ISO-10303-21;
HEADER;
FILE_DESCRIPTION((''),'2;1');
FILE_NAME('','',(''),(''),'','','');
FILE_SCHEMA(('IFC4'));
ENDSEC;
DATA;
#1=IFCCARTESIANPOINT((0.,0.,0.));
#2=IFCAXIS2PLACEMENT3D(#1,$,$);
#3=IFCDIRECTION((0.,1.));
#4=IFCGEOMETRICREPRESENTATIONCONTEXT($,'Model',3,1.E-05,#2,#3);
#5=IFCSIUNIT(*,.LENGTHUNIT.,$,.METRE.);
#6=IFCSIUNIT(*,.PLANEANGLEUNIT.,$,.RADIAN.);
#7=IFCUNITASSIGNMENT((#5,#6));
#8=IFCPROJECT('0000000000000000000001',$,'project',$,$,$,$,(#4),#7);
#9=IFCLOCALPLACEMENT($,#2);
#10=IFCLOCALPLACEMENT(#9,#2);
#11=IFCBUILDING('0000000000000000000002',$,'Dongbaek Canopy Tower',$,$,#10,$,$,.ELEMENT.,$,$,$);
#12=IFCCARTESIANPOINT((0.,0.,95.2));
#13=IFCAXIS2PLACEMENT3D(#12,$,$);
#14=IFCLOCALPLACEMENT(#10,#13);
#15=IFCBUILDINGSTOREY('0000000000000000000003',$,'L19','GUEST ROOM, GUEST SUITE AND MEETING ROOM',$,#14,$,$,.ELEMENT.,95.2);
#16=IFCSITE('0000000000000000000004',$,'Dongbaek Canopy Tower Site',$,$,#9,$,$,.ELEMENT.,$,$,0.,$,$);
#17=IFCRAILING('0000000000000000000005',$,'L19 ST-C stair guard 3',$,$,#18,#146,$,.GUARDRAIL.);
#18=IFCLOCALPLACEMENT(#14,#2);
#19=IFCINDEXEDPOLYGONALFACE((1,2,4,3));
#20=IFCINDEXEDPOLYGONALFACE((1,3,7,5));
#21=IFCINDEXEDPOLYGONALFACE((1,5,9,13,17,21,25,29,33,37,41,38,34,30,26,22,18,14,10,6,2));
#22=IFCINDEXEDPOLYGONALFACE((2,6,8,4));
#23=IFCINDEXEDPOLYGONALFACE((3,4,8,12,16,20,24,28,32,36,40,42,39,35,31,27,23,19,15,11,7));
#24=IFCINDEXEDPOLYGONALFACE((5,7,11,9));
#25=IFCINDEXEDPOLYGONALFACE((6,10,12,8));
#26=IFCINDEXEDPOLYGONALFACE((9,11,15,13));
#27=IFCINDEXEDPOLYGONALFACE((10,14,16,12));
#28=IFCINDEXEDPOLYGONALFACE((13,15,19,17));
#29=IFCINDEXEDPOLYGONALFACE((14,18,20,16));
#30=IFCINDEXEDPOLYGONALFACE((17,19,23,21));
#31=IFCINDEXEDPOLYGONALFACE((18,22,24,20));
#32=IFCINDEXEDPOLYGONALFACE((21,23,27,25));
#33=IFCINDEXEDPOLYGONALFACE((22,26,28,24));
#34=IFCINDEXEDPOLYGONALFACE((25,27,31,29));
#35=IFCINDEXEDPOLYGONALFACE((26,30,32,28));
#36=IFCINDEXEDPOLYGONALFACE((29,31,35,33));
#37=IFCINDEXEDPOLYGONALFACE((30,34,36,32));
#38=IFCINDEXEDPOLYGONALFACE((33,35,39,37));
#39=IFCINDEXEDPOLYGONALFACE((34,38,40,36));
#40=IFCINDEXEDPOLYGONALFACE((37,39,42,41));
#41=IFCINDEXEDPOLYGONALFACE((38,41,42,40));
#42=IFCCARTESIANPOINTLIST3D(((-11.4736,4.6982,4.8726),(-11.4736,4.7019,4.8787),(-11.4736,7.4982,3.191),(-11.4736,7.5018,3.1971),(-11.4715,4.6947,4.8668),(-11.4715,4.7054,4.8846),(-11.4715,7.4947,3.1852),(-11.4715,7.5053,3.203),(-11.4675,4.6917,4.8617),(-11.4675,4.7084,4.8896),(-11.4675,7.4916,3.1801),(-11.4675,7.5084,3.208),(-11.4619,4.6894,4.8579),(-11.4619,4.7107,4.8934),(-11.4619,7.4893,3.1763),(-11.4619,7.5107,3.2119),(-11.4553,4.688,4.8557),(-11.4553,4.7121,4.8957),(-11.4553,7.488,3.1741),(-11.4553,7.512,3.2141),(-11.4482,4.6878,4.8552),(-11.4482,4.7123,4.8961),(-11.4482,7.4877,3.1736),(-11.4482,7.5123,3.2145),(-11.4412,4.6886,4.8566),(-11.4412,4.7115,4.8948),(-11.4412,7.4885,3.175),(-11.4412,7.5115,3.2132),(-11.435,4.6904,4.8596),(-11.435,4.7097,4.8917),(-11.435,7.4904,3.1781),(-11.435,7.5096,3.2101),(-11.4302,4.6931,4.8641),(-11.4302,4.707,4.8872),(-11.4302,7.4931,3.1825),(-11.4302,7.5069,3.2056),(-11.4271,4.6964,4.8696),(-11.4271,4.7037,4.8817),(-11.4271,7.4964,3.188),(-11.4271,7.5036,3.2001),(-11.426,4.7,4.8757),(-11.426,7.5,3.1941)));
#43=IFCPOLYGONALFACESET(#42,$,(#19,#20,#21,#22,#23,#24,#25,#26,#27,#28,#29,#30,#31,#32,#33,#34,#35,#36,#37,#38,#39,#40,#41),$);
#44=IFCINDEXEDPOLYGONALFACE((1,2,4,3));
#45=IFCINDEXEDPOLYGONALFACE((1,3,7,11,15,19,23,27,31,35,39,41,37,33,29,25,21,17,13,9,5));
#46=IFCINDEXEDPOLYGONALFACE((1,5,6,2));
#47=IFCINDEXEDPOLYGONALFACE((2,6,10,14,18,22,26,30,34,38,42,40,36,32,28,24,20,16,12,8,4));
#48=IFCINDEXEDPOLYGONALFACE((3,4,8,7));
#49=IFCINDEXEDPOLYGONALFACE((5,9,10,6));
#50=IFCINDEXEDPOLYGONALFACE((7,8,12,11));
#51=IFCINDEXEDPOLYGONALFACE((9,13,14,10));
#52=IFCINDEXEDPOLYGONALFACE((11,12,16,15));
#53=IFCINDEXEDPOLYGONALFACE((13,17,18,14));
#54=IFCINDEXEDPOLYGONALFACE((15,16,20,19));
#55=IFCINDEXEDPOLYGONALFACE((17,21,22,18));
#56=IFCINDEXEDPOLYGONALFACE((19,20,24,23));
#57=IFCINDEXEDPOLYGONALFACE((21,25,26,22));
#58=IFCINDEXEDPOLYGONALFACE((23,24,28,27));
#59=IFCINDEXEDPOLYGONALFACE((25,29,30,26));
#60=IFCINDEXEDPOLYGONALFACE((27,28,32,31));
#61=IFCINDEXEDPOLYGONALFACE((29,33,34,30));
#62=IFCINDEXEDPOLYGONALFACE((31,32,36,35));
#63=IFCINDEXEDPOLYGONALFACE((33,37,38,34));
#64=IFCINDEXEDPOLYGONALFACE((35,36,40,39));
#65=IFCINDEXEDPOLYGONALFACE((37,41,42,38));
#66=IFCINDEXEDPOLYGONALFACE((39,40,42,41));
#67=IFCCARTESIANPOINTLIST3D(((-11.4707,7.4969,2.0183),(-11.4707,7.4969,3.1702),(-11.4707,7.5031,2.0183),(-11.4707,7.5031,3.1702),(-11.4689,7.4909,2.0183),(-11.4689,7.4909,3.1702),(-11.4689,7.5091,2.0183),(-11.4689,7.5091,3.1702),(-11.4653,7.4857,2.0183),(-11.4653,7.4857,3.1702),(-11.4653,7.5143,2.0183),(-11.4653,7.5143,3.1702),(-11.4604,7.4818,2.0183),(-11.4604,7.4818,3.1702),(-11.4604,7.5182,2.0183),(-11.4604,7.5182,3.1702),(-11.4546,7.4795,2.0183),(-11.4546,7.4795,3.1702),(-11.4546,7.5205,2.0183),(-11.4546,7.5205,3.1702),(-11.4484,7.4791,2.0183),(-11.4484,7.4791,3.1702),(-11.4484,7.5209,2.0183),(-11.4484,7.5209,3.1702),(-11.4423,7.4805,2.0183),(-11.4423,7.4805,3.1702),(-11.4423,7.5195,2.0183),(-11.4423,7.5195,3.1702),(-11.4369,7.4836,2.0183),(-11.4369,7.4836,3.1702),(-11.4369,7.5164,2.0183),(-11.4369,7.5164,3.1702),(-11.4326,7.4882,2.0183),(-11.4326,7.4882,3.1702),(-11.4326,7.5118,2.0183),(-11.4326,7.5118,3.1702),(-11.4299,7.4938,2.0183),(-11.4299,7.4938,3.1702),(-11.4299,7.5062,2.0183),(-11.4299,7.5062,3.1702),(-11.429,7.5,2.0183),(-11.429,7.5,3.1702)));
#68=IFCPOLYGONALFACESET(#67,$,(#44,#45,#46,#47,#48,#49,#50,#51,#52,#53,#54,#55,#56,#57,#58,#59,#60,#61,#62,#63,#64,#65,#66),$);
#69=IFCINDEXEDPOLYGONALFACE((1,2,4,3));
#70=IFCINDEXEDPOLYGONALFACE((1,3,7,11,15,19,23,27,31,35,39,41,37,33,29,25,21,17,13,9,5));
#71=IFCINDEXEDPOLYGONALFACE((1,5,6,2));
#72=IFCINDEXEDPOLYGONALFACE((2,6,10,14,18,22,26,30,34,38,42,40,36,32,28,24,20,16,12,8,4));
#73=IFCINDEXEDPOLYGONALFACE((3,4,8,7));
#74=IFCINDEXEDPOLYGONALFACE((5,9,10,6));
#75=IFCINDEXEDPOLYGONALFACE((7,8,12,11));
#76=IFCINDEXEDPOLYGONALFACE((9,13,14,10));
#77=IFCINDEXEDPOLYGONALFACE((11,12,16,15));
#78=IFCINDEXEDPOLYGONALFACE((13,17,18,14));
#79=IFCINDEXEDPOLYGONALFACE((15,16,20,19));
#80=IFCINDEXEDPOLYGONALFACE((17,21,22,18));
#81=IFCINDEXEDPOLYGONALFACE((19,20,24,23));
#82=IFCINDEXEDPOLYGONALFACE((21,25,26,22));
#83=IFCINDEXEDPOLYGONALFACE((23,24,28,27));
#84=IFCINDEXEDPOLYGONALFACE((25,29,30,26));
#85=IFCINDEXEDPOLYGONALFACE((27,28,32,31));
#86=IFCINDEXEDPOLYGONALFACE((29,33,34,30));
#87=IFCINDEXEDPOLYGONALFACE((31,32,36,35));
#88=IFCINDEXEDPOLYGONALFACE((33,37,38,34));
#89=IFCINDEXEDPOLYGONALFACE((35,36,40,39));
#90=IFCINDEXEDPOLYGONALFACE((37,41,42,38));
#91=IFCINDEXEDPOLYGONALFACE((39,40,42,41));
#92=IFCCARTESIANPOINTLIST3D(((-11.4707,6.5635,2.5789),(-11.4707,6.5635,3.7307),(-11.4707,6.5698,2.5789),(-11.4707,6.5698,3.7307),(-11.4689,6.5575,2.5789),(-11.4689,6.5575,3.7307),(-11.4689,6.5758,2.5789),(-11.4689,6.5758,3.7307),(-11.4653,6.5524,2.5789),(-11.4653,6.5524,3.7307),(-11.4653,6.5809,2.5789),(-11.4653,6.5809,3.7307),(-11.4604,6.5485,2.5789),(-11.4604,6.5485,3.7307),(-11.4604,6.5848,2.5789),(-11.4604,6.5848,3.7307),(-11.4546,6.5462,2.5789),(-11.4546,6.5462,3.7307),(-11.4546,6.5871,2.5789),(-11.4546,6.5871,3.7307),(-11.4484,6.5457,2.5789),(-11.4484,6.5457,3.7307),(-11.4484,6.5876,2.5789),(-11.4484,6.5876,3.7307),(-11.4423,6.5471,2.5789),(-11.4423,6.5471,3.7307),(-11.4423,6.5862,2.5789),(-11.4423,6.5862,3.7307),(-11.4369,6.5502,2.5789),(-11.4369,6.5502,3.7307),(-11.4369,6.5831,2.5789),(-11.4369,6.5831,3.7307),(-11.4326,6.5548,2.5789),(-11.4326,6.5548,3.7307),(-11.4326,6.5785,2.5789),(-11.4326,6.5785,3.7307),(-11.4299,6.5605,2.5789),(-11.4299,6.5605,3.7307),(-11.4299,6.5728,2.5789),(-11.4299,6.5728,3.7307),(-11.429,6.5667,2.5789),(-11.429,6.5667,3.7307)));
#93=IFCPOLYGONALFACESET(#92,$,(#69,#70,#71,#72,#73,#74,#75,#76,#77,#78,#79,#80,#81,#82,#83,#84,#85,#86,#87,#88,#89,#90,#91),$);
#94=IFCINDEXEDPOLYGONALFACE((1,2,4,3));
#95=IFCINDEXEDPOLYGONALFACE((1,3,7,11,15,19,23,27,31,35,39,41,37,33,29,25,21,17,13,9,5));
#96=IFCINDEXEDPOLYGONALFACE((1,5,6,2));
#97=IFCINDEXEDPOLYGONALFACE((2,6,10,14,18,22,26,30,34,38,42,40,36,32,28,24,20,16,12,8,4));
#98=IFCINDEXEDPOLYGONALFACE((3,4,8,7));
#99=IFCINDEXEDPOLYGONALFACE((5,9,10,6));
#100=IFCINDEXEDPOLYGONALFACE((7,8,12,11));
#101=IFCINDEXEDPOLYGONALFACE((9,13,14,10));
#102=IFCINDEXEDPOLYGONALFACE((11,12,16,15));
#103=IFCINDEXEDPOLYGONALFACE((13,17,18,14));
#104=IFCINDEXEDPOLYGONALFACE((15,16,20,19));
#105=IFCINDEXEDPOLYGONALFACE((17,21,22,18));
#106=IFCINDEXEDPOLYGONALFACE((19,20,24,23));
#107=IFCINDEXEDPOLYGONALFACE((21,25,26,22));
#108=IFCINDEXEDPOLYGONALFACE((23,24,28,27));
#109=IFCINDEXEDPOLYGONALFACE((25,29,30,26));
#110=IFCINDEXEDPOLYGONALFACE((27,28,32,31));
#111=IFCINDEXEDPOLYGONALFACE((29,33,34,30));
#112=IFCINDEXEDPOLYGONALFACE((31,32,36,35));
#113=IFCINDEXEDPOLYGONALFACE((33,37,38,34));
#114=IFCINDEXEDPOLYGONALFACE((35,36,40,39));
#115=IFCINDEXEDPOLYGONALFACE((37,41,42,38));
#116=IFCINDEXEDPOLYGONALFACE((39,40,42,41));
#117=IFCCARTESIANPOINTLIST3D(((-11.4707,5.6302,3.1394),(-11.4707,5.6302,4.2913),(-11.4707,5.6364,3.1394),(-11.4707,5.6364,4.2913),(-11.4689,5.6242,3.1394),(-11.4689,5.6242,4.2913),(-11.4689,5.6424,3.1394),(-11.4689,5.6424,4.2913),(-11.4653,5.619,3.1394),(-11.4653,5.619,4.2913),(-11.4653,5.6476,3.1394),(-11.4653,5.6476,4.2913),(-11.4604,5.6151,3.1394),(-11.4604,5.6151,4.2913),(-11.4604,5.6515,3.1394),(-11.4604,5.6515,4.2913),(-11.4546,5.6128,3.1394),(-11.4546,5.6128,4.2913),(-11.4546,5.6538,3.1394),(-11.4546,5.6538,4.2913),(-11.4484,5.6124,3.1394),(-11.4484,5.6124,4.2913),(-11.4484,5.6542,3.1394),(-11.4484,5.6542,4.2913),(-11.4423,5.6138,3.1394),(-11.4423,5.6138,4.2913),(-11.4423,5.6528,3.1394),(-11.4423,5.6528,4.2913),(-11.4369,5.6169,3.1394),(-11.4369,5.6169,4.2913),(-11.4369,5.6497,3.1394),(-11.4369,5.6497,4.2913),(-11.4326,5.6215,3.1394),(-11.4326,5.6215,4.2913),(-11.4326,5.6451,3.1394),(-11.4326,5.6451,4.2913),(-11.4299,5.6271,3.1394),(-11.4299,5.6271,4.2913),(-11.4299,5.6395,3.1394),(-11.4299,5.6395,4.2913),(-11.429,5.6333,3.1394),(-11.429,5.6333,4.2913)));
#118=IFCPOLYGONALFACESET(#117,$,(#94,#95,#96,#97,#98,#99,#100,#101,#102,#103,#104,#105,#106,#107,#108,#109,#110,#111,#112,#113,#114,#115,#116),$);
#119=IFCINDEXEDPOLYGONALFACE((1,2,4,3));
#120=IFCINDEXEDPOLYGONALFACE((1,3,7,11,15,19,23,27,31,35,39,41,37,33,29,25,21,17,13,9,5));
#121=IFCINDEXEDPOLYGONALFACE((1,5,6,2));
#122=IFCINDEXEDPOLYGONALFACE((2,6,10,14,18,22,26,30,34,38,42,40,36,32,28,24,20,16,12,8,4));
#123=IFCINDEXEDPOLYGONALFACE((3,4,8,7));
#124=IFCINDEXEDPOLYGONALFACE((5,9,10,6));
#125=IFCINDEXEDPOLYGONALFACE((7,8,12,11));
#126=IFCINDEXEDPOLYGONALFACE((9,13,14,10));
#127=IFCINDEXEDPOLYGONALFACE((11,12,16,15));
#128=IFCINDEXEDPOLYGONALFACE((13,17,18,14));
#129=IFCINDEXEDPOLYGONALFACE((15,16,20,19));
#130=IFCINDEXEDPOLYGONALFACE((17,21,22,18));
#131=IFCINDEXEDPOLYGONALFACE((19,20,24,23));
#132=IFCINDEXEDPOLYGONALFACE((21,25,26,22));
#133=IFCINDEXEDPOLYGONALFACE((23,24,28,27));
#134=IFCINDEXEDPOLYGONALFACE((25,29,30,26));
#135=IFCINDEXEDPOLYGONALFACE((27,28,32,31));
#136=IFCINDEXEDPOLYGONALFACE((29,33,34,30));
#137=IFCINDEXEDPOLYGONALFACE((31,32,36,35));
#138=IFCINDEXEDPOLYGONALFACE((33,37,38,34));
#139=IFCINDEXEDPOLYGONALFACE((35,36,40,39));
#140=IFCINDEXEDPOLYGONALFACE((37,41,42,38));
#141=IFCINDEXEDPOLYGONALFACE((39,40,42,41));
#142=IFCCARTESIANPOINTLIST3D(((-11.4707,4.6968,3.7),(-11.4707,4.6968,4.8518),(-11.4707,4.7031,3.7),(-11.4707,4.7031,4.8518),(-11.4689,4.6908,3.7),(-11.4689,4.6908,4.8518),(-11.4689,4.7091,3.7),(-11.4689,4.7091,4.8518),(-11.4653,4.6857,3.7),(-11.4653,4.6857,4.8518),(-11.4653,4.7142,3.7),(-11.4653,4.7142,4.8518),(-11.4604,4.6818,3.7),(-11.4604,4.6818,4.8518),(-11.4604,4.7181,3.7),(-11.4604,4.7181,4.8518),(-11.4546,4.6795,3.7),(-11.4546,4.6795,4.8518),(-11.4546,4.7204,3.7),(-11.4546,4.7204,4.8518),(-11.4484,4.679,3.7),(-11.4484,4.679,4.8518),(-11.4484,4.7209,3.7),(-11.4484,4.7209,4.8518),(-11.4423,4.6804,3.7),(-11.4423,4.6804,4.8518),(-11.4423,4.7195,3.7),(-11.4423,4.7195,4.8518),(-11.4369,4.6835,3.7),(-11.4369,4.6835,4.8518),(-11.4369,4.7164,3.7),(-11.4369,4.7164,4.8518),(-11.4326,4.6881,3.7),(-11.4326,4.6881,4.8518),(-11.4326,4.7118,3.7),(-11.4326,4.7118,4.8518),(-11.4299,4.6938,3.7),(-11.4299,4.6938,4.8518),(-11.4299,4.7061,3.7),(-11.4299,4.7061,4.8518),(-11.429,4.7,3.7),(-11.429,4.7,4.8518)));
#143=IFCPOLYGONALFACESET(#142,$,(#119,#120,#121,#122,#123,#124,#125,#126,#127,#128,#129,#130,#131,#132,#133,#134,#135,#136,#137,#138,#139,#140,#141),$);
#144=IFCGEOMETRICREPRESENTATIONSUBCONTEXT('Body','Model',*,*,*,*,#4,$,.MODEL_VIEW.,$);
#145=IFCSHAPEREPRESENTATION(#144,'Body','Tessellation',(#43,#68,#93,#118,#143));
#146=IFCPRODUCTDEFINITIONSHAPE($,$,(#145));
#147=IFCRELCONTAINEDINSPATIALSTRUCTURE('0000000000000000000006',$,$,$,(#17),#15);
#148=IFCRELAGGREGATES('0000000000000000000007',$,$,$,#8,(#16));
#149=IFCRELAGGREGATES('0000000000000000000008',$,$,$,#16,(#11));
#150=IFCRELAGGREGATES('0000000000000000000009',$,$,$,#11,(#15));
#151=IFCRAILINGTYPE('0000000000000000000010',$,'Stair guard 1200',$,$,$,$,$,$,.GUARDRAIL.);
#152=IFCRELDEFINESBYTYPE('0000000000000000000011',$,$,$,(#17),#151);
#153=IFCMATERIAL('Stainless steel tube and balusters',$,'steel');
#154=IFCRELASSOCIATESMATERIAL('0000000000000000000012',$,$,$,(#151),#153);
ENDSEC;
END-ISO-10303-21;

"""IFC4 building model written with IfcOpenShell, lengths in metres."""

from ifc_helpers import new_model, si_unit, direction, frame, origin, origin_2d, place, context, subcontext, project, spatial, circle, extrude, material, type_object, element, save


model = new_model("IFC4")

# Units and contexts
model_context = context("Model", 3, precision=1e-05, world=origin(), true_north=direction((0.0, 1.0)))
body_context = subcontext(model_context, "Body", "Model", "MODEL_VIEW")
ifc_project = project(units=[si_unit("LENGTHUNIT", "METRE"), si_unit("PLANEANGLEUNIT", "RADIAN")], contexts=[model_context])

# Site, building, storey
site_placement = place(None, origin())
site = spatial("IfcSite", under=ifc_project, at=site_placement, Name="Dongbaek Canopy Tower Site", CompositionType="ELEMENT", RefElevation=0.0)
building_placement = place(site_placement, origin())
building = spatial("IfcBuilding", under=site, at=building_placement, Name="Dongbaek Canopy Tower", CompositionType="ELEMENT")
storey_placement = place(building_placement, frame((0.0, 0.0, 95.2)))
storey = spatial("IfcBuildingStorey", under=building, at=storey_placement, Name="L19", Description="GUEST ROOM, GUEST SUITE AND MEETING ROOM", CompositionType="ELEMENT", Elevation=95.2)

# Railing
ifc_material_1 = material(Name="Stainless steel tube and balusters", Category="steel")
railing_type_1 = type_object("IfcRailingType", Name="Stair guard 1200", PredefinedType="GUARDRAIL", material=ifc_material_1)
railing_1_placement = place(storey_placement, frame((-11.45, 7.5, 2.0183)))
element("IfcRailing", 1, at=railing_1_placement, inside=storey, type_object=railing_type_1, Name="L19 ST-C stair guard 3", PredefinedType="GUARDRAIL", context=body_context, shape_type="SweptSolid", body=[
    extrude(circle(Radius=0.0239, at=origin_2d()), frame((0.0, 0.0, 1.1758), z_axis=(0.0, -0.857275, 0.514858), x_axis=(1.0, 0.0, 0.0)), (0.0, 0.0, 1.0), 3.2661),
    extrude(circle(Radius=0.021, at=origin_2d()), origin(), (0.0, 0.0, 1.0), 1.1519),
    extrude(circle(Radius=0.021, at=origin_2d()), frame((0.0, -0.9333, 0.5605)), (0.0, 0.0, 1.0), 1.1519),
    extrude(circle(Radius=0.021, at=origin_2d()), frame((0.0, -1.8667, 1.1211)), (0.0, 0.0, 1.0), 1.1519),
    extrude(circle(Radius=0.021, at=origin_2d()), frame((0.0, -2.8, 1.6816)), (0.0, 0.0, 1.0), 1.1519),
])

save(model, "model.ifc")
